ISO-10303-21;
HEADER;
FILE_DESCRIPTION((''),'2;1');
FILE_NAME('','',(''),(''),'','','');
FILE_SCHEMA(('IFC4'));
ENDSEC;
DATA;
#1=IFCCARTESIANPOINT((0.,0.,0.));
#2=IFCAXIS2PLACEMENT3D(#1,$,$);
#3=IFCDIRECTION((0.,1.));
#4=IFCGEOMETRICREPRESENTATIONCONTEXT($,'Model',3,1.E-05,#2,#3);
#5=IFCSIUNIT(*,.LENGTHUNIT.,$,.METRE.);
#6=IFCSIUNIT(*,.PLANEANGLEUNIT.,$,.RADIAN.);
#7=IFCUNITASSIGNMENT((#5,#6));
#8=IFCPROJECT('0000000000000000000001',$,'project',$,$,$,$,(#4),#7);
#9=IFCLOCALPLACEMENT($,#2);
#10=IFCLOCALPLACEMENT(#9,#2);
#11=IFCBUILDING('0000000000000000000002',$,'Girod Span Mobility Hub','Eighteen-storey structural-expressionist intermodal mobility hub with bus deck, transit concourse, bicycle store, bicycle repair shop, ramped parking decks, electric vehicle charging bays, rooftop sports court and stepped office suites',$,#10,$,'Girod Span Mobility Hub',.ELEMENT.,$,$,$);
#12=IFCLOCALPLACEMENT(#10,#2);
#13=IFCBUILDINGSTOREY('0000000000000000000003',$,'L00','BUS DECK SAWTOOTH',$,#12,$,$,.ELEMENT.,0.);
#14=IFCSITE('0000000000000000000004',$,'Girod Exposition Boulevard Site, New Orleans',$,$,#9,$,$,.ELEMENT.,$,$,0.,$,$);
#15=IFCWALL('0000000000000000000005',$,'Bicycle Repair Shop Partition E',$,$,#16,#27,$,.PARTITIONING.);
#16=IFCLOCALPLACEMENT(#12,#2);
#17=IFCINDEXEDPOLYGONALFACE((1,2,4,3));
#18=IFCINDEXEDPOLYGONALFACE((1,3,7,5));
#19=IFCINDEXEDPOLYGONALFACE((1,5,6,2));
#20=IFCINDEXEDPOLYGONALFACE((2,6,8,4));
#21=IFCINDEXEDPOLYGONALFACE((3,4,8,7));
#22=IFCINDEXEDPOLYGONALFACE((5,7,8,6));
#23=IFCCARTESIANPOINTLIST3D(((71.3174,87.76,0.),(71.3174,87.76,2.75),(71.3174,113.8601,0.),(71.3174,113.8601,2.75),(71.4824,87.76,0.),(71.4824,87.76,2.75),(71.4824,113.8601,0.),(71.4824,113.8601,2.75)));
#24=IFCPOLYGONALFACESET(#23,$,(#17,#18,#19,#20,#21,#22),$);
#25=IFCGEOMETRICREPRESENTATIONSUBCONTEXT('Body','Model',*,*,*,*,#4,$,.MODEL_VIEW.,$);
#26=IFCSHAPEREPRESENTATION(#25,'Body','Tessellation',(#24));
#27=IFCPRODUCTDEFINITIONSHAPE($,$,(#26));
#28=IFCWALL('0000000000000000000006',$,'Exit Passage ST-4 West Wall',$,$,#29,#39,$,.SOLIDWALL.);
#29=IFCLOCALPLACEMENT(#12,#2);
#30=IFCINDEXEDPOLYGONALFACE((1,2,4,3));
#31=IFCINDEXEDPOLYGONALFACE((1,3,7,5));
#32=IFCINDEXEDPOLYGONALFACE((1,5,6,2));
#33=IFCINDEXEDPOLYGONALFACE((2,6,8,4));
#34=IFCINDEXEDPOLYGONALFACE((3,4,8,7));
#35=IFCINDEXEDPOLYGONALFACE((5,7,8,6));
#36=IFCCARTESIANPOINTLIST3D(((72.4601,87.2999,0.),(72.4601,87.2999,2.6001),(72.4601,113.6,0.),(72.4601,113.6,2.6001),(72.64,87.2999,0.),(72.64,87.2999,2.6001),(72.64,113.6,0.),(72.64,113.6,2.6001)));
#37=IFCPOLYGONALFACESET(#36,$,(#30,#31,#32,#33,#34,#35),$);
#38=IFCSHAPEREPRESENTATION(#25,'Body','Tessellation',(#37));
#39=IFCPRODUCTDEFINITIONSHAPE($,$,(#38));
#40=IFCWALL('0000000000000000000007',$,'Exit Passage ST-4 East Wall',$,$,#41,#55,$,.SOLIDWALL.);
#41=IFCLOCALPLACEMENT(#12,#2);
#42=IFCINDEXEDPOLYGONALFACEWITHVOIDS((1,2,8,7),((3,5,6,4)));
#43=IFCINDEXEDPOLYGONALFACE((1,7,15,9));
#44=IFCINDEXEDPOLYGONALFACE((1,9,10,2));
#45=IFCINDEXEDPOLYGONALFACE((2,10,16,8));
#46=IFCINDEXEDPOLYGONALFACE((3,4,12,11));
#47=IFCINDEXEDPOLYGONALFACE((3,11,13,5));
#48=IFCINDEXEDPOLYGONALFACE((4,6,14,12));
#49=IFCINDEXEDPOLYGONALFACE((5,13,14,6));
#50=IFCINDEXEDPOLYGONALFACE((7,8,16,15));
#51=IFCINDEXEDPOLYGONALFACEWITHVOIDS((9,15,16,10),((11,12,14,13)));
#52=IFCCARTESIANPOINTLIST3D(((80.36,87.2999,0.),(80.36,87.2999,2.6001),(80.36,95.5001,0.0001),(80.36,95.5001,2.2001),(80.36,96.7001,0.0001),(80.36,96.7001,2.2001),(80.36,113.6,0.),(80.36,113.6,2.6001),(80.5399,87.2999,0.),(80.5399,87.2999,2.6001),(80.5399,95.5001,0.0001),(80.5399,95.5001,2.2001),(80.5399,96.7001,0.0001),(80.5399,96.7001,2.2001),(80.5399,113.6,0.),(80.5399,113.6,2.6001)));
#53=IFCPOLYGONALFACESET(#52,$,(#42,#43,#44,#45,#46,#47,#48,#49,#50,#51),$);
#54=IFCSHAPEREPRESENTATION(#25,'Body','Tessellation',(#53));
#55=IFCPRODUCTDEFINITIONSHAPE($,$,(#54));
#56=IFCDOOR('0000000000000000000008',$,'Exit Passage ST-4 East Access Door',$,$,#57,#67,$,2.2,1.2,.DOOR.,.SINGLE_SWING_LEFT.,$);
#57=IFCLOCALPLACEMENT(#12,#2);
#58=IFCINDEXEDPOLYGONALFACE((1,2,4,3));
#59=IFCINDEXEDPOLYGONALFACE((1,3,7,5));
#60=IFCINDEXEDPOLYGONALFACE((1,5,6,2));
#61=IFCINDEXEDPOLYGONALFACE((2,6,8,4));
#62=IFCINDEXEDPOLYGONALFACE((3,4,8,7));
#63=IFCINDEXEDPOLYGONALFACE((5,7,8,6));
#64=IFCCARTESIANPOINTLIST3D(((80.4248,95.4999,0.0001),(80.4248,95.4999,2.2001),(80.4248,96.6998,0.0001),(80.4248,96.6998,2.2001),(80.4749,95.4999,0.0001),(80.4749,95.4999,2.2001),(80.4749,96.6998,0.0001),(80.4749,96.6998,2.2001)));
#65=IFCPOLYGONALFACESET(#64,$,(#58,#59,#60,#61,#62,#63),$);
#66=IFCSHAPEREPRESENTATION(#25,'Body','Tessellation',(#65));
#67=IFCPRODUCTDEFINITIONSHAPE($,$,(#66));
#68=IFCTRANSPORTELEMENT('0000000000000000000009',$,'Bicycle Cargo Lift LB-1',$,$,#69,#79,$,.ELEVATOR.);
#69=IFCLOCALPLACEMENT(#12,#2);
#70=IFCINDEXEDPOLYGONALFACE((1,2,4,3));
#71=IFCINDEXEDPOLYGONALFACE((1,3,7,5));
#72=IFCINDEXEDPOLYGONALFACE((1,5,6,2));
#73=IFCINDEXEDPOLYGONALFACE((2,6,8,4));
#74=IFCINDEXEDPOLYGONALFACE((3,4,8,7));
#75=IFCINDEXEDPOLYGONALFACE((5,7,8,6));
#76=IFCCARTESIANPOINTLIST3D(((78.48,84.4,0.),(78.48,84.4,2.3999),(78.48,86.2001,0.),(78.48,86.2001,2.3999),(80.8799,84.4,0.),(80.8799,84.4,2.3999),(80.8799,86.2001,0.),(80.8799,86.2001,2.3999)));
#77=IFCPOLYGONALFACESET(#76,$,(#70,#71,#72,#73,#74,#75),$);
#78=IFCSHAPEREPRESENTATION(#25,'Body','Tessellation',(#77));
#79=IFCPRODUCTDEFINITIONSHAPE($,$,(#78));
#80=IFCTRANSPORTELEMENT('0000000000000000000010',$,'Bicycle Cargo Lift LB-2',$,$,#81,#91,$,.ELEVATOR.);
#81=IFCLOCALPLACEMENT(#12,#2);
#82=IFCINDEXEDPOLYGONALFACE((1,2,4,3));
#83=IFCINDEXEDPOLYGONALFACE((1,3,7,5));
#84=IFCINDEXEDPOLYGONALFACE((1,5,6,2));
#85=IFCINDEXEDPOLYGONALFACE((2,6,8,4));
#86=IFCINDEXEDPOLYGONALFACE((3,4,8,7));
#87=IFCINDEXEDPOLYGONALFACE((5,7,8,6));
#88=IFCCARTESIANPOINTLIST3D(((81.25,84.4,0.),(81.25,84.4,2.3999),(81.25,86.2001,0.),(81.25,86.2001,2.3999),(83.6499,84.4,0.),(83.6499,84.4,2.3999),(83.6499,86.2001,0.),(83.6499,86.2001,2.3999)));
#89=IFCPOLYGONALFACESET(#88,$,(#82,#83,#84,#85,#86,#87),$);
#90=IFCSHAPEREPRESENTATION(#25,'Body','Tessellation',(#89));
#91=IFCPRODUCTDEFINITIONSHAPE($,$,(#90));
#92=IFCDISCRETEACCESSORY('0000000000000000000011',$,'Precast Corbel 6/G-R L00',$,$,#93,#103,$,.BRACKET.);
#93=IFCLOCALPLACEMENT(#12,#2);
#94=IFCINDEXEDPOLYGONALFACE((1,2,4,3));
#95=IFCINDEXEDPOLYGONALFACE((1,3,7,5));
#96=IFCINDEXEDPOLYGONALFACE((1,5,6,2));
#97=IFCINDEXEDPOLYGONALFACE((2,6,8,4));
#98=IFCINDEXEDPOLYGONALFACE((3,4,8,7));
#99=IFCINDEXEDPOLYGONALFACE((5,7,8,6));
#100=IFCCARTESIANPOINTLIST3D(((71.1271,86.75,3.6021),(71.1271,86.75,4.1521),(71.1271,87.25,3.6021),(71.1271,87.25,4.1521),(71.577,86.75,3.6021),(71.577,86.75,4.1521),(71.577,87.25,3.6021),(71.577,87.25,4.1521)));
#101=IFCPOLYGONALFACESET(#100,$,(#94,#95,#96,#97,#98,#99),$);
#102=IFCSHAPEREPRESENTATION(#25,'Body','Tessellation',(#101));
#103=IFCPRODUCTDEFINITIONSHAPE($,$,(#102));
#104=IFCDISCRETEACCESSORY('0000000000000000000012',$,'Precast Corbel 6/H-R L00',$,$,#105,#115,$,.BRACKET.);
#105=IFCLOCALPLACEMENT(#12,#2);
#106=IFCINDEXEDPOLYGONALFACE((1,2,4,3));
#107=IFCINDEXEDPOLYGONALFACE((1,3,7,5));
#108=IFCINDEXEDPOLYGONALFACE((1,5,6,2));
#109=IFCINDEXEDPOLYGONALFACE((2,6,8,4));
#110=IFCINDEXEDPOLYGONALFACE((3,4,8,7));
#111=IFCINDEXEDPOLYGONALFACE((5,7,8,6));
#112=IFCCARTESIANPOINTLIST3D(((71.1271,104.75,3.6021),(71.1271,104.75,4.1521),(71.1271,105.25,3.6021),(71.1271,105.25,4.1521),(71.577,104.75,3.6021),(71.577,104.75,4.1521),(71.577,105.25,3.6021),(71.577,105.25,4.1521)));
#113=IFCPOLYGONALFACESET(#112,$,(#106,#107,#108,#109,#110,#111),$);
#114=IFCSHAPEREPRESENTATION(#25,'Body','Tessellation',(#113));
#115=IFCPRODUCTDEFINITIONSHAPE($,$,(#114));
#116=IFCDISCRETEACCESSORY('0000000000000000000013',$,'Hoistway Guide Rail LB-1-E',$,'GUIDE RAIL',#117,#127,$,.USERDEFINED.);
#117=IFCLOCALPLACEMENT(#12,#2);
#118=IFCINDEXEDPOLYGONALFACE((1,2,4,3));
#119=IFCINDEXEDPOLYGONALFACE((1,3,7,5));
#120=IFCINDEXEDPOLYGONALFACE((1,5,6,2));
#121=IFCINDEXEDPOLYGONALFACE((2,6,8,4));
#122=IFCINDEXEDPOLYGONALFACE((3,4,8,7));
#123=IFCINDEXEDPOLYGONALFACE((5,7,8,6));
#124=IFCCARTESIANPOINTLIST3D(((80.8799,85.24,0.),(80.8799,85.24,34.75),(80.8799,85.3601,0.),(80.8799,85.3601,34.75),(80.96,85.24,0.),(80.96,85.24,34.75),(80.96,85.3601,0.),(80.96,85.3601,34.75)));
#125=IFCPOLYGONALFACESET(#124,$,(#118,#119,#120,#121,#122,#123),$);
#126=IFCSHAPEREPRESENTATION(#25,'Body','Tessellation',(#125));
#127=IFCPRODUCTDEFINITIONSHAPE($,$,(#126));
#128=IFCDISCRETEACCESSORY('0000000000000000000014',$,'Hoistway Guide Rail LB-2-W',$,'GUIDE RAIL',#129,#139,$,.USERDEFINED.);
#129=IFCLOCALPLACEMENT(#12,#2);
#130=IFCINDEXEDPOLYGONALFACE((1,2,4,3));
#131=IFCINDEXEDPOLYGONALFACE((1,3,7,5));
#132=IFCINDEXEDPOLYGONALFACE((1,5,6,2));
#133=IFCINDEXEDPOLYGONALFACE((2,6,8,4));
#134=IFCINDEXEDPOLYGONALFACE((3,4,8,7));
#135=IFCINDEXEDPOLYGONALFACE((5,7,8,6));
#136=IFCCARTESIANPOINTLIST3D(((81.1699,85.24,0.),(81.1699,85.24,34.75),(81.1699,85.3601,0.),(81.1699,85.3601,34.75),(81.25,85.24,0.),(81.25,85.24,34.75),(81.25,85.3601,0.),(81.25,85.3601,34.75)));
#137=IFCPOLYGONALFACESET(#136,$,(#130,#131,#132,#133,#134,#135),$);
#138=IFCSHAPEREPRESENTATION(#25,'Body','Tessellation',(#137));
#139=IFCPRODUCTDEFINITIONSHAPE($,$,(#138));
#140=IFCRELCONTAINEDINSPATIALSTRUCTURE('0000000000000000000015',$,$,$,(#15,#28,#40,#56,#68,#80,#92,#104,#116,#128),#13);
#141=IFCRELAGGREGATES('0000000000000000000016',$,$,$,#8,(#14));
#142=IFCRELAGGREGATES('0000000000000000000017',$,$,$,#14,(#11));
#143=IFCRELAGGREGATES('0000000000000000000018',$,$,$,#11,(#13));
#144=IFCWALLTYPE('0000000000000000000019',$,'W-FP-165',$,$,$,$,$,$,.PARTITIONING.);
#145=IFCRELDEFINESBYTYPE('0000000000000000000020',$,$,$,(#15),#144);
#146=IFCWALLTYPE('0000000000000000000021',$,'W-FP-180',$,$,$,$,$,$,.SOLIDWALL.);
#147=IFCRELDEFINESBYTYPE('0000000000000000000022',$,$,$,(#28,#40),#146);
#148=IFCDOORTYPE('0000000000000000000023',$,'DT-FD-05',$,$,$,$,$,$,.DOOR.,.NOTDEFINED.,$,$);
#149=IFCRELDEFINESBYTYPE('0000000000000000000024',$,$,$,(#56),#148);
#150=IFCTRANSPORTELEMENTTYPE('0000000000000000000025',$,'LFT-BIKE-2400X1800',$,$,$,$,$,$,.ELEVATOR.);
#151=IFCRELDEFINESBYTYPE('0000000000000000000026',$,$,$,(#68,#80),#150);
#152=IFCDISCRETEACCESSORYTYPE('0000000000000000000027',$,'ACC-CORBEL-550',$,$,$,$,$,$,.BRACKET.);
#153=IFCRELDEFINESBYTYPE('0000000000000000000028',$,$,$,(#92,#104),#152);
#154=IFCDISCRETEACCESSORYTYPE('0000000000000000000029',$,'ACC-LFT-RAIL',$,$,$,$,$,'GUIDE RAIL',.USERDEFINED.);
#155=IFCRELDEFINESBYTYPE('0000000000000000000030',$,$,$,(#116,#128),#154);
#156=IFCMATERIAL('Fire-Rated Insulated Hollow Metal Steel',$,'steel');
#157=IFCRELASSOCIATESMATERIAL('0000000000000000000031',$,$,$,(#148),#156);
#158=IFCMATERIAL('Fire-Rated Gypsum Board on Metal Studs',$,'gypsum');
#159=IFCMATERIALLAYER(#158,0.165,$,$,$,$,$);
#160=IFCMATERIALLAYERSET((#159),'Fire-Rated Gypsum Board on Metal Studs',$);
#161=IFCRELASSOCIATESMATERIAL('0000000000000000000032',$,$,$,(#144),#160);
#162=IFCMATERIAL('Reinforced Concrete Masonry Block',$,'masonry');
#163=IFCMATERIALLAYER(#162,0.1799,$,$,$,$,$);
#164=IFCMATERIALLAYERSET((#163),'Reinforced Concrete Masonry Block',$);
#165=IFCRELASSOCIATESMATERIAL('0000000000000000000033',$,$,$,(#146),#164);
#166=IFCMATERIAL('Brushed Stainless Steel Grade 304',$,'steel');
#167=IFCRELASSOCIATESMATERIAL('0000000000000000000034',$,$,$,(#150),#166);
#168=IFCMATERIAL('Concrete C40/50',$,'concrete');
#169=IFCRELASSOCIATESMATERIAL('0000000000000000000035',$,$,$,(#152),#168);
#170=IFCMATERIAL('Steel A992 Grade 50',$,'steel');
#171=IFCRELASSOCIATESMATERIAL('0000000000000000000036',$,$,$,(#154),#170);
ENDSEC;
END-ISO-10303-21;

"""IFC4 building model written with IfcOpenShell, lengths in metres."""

from ifc_helpers import new_model, si_unit, direction, frame, frame_2d, origin, origin_2d, place, context, subcontext, project, spatial, rectangle, extrude, material, layer, layer_set, type_object, element, fill, save


model = new_model("IFC4")

# Units and contexts
model_context = context("Model", 3, precision=1e-05, world=origin(), true_north=direction((0.0, 1.0)))
body_context = subcontext(model_context, "Body", "Model", "MODEL_VIEW")
ifc_project = project(units=[si_unit("LENGTHUNIT", "METRE"), si_unit("PLANEANGLEUNIT", "RADIAN")], contexts=[model_context])

# Site, building, storey
site_placement = place(None, origin())
site = spatial("IfcSite", under=ifc_project, at=site_placement, Name="Girod Exposition Boulevard Site, New Orleans", CompositionType="ELEMENT", RefElevation=0.0)
building_placement = place(site_placement, origin())
building = spatial("IfcBuilding", under=site, at=building_placement, Name="Girod Span Mobility Hub", Description="Eighteen-storey structural-expressionist intermodal mobility hub with bus deck, transit concourse, bicycle store, bicycle repair shop, ramped parking decks, electric vehicle charging bays, rooftop sports court and stepped office suites", LongName="Girod Span Mobility Hub", CompositionType="ELEMENT")
storey_placement = place(building_placement, origin())
storey = spatial("IfcBuildingStorey", under=building, at=storey_placement, Name="L00", Description="BUS DECK SAWTOOTH", CompositionType="ELEMENT", Elevation=0.0)

# Shared definitions
ifc_material_1 = material(Name="Fire-Rated Insulated Hollow Metal Steel", Category="steel")
door_type = type_object("IfcDoorType", Name="DT-FD-05", OperationType="NOTDEFINED", PredefinedType="DOOR", material=ifc_material_1)

# Walls
ifc_material_2 = material(Name="Fire-Rated Gypsum Board on Metal Studs", Category="gypsum")
ifc_layer_1 = layer(ifc_material_2, 0.165)
ifc_layer_set_1 = layer_set([ifc_layer_1], Name="Fire-Rated Gypsum Board on Metal Studs")
wall_type_1 = type_object("IfcWallType", Name="W-FP-165", PredefinedType="PARTITIONING", material=ifc_layer_set_1)
wall_1_placement = place(storey_placement, frame((71.3999, 87.76, 0.0), z_axis=(0.0, 0.0, 1.0), x_axis=(0.0, 1.0, 0.0)))
element("IfcWall", 1, at=wall_1_placement, inside=storey, type_object=wall_type_1, Name="Bicycle Repair Shop Partition E", PredefinedType="PARTITIONING", context=body_context, shape_type="SweptSolid", body=[
    extrude(rectangle(XDim=26.1001, YDim=0.165, at=frame_2d((13.05, 0.0))), origin(), (0.0, 0.0, 1.0), 2.75),
])
ifc_material_3 = material(Name="Reinforced Concrete Masonry Block", Category="masonry")
ifc_layer_2 = layer(ifc_material_3, 0.1799)
ifc_layer_set_2 = layer_set([ifc_layer_2], Name="Reinforced Concrete Masonry Block")
wall_type_2 = type_object("IfcWallType", Name="W-FP-180", PredefinedType="SOLIDWALL", material=ifc_layer_set_2)
wall_2_placement = place(storey_placement, frame((72.55, 87.3, 0.0), z_axis=(0.0, 0.0, 1.0), x_axis=(0.0, 1.0, 0.0)))
element("IfcWall", 2, at=wall_2_placement, inside=storey, type_object=wall_type_2, Name="Exit Passage ST-4 West Wall", PredefinedType="SOLIDWALL", context=body_context, shape_type="SweptSolid", body=[
    extrude(rectangle(XDim=26.3, YDim=0.1799, at=frame_2d((13.1499, 0.0))), origin(), (0.0, 0.0, 1.0), 2.6001),
])

# Wall, opening, door
wall_3_placement = place(storey_placement, frame((80.45, 87.3, 0.0), z_axis=(0.0, 0.0, 1.0), x_axis=(0.0, 1.0, 0.0)))
wall_3 = element("IfcWall", 3, at=wall_3_placement, inside=storey, type_object=wall_type_2, Name="Exit Passage ST-4 East Wall", PredefinedType="SOLIDWALL", context=body_context, shape_type="SweptSolid", body=[
    extrude(rectangle(XDim=26.3, YDim=0.1799, at=frame_2d((13.1499, 0.0))), origin(), (0.0, 0.0, 1.0), 2.6001),
])
opening_1_placement = place(wall_3_placement, frame((8.2, 0.0, 0.0)))
opening_1 = element("IfcOpeningElement", 4, at=opening_1_placement, cuts=wall_3, PredefinedType="OPENING", context=body_context, shape_type="SweptSolid", body=[
    extrude(rectangle(XDim=1.2, YDim=2.2, at=frame_2d((0.6001, 1.1001))), frame((0.0, 0.105, 0.0), z_axis=(0.0, -1.0, 0.0), x_axis=(1.0, 0.0, 0.0)), (0.0, 0.0, 1.0), 0.21),
])
door_1_placement = place(opening_1_placement, frame((1.2, 0.0, 0.0), z_axis=(0.0, 0.0, 1.0), x_axis=(-1.0, 0.0, 0.0)))
door_1 = element("IfcDoor", 5, at=door_1_placement, inside=storey, type_object=door_type, Name="Exit Passage ST-4 East Access Door", OperationType="SINGLE_SWING_LEFT", OverallHeight=2.2, OverallWidth=1.2, PredefinedType="DOOR", context=body_context, shape_type="SweptSolid", body=[
    extrude(rectangle(XDim=1.2, YDim=2.2, at=frame_2d((0.6001, 1.1001))), frame((0.0, 0.0249, 0.0), z_axis=(0.0, -1.0, 0.0), x_axis=(1.0, 0.0, 0.0)), (0.0, 0.0, 1.0), 0.05),
])
fill(opening_1, door_1)

# Transport elements
ifc_material_4 = material(Name="Brushed Stainless Steel Grade 304", Category="steel")
transport_element_type = type_object("IfcTransportElementType", Name="LFT-BIKE-2400X1800", PredefinedType="ELEVATOR", material=ifc_material_4)
for number, where, z_axis, x_axis, name in (
    (6, (79.6799, 85.3, 0.0), (0.0, 0.0, 1.0), (1.0, 0.0, 0.0), "Bicycle Cargo Lift LB-1"),
    (7, (82.45, 85.3, 0.0), (0.0, 0.0, 1.0), (1.0, 0.0, 0.0), "Bicycle Cargo Lift LB-2"),
):
    element("IfcTransportElement", number, at=place(storey_placement, frame(where, z_axis=z_axis, x_axis=x_axis)), inside=storey, type_object=transport_element_type, Name=name, PredefinedType="ELEVATOR", context=body_context, shape_type="SweptSolid", body=[
        extrude(rectangle(XDim=2.3999, YDim=1.8, at=origin_2d()), origin(), (0.0, 0.0, 1.0), 2.3999),
    ])

# Discrete accessories
ifc_material_5 = material(Name="Concrete C40/50", Category="concrete")
discrete_accessory_type_1 = type_object("IfcDiscreteAccessoryType", Name="ACC-CORBEL-550", PredefinedType="BRACKET", material=ifc_material_5)
for number, where, z_axis, x_axis, name in (
    (8, (71.3521, 87.0, 3.6021), (0.0, 0.0, 1.0), (1.0, 0.0, 0.0), "Precast Corbel 6/G-R L00"),
    (9, (71.3521, 105.0, 3.6021), (0.0, 0.0, 1.0), (1.0, 0.0, 0.0), "Precast Corbel 6/H-R L00"),
):
    element("IfcDiscreteAccessory", number, at=place(storey_placement, frame(where, z_axis=z_axis, x_axis=x_axis)), inside=storey, type_object=discrete_accessory_type_1, Name=name, PredefinedType="BRACKET", context=body_context, shape_type="SweptSolid", body=[
        extrude(rectangle(XDim=0.45, YDim=0.5, at=origin_2d()), origin(), (0.0, 0.0, 1.0), 0.55),
    ])
ifc_material_6 = material(Name="Steel A992 Grade 50", Category="steel")
discrete_accessory_type_2 = type_object("IfcDiscreteAccessoryType", Name="ACC-LFT-RAIL", ElementType="GUIDE RAIL", PredefinedType="USERDEFINED", material=ifc_material_6)
for number, where, z_axis, x_axis, name in (
    (10, (80.9199, 85.3, 0.0), (0.0, 0.0, 1.0), (1.0, 0.0, 0.0), "Hoistway Guide Rail LB-1-E"),
    (11, (81.21, 85.3, 0.0), (0.0, 0.0, 1.0), (1.0, 0.0, 0.0), "Hoistway Guide Rail LB-2-W"),
):
    element("IfcDiscreteAccessory", number, at=place(storey_placement, frame(where, z_axis=z_axis, x_axis=x_axis)), inside=storey, type_object=discrete_accessory_type_2, Name=name, ObjectType="GUIDE RAIL", PredefinedType="USERDEFINED", context=body_context, shape_type="SweptSolid", body=[
        extrude(rectangle(XDim=0.0801, YDim=0.1201, at=origin_2d()), origin(), (0.0, 0.0, 1.0), 34.75),
    ])

save(model, "model.ifc")
